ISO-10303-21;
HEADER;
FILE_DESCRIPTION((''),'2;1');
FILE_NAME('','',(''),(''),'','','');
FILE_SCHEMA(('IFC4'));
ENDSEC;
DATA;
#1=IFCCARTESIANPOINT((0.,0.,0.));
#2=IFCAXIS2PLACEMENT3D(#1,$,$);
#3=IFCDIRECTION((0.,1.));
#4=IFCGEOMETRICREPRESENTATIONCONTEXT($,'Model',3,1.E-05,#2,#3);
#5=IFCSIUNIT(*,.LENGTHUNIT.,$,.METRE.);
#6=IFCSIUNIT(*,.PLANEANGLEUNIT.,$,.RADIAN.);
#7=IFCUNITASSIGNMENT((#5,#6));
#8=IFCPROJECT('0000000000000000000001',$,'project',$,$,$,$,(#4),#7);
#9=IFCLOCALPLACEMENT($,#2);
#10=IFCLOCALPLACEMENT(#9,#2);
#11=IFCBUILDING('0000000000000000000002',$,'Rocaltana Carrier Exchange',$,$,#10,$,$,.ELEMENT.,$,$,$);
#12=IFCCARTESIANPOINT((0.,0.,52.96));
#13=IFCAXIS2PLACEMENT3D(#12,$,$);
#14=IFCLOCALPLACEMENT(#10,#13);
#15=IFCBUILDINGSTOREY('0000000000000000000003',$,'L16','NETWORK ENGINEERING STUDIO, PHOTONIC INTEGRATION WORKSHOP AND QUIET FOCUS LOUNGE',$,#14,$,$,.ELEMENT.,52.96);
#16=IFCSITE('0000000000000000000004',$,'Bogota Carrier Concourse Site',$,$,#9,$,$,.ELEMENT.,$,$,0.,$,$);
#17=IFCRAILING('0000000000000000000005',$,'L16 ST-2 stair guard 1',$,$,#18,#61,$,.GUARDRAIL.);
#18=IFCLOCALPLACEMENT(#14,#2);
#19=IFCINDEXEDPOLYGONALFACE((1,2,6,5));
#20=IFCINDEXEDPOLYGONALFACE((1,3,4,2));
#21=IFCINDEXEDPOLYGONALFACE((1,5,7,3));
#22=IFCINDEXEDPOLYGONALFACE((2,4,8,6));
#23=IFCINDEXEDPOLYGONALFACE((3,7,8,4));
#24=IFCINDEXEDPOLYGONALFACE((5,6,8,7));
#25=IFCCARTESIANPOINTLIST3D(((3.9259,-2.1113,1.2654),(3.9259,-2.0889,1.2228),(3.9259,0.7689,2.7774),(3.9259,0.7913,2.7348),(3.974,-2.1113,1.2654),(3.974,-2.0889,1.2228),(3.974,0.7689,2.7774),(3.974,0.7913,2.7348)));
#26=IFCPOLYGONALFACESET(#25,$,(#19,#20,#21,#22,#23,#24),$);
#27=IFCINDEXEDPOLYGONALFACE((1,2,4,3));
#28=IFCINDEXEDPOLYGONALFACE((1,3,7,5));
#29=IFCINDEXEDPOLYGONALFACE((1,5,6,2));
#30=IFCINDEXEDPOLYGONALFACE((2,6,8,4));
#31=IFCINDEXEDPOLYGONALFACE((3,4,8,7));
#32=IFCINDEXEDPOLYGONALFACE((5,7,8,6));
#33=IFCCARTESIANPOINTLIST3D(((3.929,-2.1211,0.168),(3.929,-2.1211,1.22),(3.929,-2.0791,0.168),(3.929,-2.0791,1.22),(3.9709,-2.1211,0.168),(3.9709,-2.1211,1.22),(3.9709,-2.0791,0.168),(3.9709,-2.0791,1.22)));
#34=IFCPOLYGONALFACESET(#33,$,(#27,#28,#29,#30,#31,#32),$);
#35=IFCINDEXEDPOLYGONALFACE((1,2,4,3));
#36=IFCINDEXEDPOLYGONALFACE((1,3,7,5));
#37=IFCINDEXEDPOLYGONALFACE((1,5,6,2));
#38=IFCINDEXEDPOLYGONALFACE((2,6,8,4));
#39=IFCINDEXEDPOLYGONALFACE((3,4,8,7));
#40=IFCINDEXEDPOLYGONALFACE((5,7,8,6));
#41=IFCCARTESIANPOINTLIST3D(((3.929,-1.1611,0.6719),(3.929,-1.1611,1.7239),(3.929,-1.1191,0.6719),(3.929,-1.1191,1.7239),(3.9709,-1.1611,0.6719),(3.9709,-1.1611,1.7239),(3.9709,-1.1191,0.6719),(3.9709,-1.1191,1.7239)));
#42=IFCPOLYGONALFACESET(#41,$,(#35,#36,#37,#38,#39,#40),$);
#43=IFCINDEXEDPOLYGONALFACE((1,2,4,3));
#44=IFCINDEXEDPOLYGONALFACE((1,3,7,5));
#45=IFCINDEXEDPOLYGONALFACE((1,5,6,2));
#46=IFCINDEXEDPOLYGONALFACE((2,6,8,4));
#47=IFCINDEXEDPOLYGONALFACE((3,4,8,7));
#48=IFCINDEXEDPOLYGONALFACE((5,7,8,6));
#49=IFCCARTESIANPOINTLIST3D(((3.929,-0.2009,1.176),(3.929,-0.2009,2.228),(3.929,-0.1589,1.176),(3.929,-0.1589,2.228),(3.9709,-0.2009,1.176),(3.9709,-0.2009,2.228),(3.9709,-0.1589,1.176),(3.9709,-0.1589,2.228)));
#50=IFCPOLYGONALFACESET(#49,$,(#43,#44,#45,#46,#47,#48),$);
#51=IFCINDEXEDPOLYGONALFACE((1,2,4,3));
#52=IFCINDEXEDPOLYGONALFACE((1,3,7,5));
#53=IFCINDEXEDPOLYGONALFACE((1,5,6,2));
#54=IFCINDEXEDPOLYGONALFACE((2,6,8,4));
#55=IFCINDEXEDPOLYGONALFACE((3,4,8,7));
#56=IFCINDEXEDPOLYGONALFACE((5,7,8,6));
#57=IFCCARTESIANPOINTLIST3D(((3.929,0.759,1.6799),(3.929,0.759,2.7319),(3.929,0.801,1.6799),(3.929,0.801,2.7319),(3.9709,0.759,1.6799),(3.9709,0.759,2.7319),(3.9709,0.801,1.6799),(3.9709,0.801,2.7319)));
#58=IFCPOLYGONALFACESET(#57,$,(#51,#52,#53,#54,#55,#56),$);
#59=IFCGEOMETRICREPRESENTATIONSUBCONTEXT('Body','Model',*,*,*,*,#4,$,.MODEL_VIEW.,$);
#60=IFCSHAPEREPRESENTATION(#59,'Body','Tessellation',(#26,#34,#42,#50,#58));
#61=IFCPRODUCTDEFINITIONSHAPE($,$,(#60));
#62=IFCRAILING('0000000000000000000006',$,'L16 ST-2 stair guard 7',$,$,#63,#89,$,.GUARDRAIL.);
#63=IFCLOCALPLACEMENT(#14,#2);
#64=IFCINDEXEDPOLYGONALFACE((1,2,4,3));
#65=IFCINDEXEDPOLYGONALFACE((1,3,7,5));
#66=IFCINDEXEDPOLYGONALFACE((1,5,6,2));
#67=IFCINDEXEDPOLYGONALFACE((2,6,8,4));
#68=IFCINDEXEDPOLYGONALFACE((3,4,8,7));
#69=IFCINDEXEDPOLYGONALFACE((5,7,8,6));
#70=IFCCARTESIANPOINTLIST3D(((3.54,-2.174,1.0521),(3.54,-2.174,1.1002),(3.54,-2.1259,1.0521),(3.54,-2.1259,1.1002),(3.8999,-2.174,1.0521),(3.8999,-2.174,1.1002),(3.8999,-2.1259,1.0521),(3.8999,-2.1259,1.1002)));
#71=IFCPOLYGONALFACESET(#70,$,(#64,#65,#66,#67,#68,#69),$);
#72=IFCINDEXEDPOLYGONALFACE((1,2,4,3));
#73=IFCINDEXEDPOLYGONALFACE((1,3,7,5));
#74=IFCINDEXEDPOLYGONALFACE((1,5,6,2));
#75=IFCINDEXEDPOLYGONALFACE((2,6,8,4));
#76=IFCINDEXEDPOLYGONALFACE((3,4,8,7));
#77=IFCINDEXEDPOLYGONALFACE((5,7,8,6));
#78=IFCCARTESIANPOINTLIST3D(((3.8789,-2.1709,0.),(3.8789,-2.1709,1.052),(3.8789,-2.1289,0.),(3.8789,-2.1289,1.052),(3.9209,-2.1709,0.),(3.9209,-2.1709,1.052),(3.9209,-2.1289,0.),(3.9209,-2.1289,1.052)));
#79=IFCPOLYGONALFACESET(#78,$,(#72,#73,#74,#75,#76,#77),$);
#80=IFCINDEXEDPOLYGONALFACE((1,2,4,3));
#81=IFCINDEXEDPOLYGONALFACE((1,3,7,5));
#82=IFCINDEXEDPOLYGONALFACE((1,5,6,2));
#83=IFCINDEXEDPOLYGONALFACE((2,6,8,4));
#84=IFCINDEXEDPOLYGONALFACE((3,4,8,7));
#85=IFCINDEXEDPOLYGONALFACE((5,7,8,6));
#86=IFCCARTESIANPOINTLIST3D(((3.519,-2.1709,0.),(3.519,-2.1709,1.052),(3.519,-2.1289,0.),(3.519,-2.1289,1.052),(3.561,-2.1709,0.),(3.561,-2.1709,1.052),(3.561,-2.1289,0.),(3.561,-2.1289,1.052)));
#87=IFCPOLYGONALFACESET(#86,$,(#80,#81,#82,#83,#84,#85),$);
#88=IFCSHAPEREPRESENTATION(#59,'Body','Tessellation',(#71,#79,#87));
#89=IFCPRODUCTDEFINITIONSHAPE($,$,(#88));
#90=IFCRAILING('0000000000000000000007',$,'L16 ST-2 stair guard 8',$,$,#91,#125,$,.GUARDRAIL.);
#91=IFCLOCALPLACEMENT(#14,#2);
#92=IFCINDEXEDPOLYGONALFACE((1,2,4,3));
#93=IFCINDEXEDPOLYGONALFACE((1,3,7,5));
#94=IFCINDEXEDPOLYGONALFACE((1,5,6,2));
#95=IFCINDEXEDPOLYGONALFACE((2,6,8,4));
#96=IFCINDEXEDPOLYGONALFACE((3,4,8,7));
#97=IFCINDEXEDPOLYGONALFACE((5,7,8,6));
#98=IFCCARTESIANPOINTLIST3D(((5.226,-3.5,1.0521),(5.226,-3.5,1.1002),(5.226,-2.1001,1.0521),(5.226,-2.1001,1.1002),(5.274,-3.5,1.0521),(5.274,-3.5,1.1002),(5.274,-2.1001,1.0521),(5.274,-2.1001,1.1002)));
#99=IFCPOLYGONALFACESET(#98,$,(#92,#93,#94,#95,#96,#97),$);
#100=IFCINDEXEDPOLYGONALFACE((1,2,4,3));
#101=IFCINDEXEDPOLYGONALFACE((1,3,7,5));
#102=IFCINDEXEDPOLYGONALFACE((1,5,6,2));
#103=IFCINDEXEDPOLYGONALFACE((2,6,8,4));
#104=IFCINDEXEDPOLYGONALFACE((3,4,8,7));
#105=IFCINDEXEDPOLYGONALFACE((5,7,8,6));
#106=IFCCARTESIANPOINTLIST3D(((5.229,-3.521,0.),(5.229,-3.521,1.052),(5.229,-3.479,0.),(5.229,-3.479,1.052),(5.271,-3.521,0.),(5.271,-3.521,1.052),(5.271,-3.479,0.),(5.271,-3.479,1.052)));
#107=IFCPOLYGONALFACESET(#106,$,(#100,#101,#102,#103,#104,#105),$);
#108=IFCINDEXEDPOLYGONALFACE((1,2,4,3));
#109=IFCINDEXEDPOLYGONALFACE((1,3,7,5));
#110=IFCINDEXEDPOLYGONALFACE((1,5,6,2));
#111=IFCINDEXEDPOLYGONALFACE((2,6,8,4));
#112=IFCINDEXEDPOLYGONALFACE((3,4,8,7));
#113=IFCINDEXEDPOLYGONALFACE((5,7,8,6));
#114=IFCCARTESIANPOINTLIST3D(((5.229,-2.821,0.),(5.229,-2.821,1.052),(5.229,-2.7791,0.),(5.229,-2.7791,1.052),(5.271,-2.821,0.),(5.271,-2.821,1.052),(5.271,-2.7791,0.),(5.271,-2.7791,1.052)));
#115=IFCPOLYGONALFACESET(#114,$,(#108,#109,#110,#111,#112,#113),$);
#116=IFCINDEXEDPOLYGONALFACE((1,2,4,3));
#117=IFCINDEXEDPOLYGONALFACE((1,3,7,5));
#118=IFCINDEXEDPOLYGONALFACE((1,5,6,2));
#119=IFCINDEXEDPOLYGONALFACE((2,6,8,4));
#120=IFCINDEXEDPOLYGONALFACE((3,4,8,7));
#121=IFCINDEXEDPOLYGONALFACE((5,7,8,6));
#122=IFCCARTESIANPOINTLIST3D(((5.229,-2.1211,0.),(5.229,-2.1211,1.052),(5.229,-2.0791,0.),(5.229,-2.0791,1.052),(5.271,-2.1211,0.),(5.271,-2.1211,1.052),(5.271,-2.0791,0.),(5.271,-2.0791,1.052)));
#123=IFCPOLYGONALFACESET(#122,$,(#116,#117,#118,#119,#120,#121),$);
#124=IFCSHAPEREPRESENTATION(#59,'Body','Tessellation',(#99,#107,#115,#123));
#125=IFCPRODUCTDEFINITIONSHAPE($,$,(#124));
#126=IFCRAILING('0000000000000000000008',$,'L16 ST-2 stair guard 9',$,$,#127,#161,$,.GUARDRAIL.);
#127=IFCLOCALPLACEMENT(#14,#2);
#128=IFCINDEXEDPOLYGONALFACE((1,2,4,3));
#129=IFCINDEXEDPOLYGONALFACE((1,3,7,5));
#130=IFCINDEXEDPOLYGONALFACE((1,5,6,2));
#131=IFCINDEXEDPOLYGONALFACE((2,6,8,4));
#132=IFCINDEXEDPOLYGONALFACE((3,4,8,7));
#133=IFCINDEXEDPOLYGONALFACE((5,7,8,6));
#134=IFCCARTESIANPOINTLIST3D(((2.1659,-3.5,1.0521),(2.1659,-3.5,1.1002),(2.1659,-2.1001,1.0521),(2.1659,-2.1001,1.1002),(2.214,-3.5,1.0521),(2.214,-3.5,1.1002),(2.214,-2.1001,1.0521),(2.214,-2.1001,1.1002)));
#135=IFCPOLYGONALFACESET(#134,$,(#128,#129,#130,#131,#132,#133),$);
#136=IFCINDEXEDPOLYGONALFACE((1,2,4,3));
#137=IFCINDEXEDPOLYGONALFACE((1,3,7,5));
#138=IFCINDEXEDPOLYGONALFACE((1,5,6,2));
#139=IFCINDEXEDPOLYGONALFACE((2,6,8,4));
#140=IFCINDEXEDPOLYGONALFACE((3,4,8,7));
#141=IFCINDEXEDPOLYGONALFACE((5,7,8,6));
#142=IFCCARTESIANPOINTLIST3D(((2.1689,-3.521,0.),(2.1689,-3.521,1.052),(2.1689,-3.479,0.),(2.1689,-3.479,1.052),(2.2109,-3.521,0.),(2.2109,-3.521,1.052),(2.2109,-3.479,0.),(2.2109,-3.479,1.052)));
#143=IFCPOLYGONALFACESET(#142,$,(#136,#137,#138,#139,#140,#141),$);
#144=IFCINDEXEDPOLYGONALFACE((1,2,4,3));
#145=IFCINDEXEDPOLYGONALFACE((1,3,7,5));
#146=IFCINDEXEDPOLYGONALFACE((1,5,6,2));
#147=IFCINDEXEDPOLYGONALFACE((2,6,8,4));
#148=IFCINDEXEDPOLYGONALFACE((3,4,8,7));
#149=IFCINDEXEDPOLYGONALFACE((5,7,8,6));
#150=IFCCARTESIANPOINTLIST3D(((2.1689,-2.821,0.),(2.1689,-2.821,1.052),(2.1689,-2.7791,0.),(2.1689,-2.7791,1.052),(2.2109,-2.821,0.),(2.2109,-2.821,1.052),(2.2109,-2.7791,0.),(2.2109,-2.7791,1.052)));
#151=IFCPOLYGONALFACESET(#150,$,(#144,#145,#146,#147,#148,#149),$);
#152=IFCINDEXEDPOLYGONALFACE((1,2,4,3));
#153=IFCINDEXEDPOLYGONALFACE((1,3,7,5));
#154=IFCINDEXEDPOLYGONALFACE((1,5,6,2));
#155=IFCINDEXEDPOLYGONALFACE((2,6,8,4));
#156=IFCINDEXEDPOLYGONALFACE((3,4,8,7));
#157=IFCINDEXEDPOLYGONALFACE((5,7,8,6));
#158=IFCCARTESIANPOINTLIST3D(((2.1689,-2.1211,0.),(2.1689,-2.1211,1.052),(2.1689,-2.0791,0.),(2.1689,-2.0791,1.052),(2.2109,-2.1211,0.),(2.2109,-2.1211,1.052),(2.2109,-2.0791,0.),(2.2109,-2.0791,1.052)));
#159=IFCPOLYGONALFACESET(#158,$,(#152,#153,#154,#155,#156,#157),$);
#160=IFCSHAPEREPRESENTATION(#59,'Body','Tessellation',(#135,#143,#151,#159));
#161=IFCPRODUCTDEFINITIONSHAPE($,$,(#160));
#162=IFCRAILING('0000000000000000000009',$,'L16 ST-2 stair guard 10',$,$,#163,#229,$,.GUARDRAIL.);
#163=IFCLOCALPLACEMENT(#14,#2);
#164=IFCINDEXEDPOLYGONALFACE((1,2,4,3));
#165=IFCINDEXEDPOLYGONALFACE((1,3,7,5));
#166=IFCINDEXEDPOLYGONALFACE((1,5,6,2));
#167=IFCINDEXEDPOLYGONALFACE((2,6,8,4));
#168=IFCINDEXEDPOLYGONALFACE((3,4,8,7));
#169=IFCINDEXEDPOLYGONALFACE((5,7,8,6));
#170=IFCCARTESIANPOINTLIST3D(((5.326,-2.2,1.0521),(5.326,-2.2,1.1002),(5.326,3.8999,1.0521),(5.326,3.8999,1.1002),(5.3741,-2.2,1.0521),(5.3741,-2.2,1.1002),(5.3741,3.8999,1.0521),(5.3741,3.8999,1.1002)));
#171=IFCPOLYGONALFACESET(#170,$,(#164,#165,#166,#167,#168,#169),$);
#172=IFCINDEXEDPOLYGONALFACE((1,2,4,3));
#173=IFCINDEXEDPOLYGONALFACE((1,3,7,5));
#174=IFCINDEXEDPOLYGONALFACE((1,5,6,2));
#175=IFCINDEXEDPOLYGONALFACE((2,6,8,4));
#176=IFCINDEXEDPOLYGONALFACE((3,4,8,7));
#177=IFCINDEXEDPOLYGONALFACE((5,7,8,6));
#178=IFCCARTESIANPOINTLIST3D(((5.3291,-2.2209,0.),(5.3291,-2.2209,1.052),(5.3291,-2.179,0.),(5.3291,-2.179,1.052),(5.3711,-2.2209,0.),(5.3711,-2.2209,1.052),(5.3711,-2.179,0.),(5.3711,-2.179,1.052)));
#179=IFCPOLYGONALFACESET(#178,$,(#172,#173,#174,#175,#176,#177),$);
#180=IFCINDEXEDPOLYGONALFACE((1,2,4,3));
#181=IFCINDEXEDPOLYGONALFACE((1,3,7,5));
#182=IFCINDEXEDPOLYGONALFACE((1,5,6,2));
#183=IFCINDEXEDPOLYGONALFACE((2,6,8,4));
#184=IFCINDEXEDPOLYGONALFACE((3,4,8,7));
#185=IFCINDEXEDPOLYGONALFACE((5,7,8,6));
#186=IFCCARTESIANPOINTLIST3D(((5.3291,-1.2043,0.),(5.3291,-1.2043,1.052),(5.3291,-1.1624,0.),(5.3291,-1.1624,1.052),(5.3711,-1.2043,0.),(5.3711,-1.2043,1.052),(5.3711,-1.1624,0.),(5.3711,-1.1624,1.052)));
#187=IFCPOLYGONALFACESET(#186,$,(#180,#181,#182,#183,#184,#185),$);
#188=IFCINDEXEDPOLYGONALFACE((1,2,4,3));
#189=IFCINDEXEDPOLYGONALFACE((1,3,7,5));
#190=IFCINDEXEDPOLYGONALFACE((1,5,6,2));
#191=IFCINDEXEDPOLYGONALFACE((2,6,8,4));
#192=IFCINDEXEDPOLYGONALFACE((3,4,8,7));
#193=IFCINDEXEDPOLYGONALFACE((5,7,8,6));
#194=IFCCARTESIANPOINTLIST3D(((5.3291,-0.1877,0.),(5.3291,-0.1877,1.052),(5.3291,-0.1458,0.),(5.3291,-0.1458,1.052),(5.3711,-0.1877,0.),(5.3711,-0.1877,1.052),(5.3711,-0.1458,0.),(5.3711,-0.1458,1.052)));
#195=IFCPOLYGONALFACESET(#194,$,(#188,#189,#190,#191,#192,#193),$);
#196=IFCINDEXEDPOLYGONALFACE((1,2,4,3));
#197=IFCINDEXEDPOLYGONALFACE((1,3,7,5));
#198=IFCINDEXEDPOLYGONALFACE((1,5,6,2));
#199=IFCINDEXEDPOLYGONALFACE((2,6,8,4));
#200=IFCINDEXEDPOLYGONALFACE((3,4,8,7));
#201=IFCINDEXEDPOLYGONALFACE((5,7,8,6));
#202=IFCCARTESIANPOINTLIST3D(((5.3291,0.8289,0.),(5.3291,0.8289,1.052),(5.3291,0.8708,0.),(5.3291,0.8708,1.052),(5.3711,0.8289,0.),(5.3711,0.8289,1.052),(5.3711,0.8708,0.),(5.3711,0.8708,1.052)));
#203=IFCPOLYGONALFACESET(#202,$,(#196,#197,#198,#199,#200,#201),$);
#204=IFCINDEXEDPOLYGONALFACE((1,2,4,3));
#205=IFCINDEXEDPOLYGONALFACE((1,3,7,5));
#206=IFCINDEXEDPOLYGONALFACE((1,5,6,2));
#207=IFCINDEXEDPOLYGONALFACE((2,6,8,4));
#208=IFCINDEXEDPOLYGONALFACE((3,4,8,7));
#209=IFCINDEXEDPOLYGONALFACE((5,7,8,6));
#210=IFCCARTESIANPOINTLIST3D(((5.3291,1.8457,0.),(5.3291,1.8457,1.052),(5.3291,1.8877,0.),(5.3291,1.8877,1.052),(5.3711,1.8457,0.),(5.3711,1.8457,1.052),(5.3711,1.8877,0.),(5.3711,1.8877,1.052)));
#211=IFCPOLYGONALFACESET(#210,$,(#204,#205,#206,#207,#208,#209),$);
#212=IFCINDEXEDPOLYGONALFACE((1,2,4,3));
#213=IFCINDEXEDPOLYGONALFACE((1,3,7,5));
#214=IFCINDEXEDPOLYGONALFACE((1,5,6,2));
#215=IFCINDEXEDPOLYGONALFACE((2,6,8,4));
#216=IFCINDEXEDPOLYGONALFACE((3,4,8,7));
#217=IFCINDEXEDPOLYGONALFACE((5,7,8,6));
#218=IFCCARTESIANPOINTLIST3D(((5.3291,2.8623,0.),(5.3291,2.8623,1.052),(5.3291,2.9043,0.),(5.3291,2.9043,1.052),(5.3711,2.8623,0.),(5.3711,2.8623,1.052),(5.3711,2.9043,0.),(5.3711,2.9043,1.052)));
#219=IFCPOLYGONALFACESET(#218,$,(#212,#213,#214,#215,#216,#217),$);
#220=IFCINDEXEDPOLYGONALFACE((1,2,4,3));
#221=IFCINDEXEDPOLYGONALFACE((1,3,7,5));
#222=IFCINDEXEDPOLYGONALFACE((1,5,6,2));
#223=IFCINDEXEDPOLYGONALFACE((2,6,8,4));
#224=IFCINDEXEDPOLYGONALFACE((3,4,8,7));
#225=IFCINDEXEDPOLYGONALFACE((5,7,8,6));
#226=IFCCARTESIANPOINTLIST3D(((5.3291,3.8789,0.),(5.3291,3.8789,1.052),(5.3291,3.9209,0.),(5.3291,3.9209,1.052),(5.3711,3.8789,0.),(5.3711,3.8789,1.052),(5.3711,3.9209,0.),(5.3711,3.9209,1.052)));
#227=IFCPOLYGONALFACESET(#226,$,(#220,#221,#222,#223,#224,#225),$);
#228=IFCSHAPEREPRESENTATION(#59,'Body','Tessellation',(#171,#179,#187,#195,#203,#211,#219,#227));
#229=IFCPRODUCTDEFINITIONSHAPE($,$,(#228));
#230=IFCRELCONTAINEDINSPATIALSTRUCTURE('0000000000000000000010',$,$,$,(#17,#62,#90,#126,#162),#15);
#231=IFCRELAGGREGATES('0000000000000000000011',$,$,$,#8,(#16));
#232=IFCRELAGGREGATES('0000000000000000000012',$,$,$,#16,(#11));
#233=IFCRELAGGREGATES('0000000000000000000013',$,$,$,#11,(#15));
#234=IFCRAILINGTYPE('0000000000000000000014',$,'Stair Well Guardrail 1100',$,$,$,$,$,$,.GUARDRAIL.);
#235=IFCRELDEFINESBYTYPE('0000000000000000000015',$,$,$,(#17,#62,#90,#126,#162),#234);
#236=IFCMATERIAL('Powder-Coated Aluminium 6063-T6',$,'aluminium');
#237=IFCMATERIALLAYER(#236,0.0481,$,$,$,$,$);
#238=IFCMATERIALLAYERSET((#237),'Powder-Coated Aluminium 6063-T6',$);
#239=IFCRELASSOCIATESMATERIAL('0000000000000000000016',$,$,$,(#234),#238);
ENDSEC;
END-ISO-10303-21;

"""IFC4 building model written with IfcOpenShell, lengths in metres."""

from ifc_helpers import new_model, si_unit, direction, frame, origin, origin_2d, place, context, subcontext, project, spatial, rectangle, extrude, material, layer, layer_set, type_object, element, save


model = new_model("IFC4")

# Units and contexts
model_context = context("Model", 3, precision=1e-05, world=origin(), true_north=direction((0.0, 1.0)))
body_context = subcontext(model_context, "Body", "Model", "MODEL_VIEW")
ifc_project = project(units=[si_unit("LENGTHUNIT", "METRE"), si_unit("PLANEANGLEUNIT", "RADIAN")], contexts=[model_context])

# Site, building, storey
site_placement = place(None, origin())
site = spatial("IfcSite", under=ifc_project, at=site_placement, Name="Bogota Carrier Concourse Site", CompositionType="ELEMENT", RefElevation=0.0)
building_placement = place(site_placement, origin())
building = spatial("IfcBuilding", under=site, at=building_placement, Name="Rocaltana Carrier Exchange", CompositionType="ELEMENT")
storey_placement = place(building_placement, frame((0.0, 0.0, 52.96)))
storey = spatial("IfcBuildingStorey", under=building, at=storey_placement, Name="L16", Description="NETWORK ENGINEERING STUDIO, PHOTONIC INTEGRATION WORKSHOP AND QUIET FOCUS LOUNGE", CompositionType="ELEMENT", Elevation=52.96)

# Railings
ifc_material_1 = material(Name="Powder-Coated Aluminium 6063-T6", Category="aluminium")
ifc_layer_1 = layer(ifc_material_1, 0.0481)
ifc_layer_set_1 = layer_set([ifc_layer_1], Name="Powder-Coated Aluminium 6063-T6")
railing_type_1 = type_object("IfcRailingType", Name="Stair Well Guardrail 1100", PredefinedType="GUARDRAIL", material=ifc_layer_set_1)
railing_1_placement = place(storey_placement, frame((3.95, -2.1001, 0.168)))
element("IfcRailing", 1, at=railing_1_placement, inside=storey, type_object=railing_type_1, Name="L16 ST-2 stair guard 1", PredefinedType="GUARDRAIL", context=body_context, shape_type="SweptSolid", body=[
    extrude(rectangle(XDim=0.0481, YDim=0.0481, at=origin_2d()), frame((0.0, 0.0, 1.0762), z_axis=(0.0, 0.885411, 0.464809), x_axis=(-1.0, 0.0, 0.0)), (0.0, 0.0, 1.0), 3.2529),
    extrude(rectangle(XDim=0.042, YDim=0.042, at=origin_2d()), origin(), (0.0, 0.0, 1.0), 1.052),
    extrude(rectangle(XDim=0.042, YDim=0.042, at=origin_2d()), frame((0.0, 0.96, 0.5039)), (0.0, 0.0, 1.0), 1.052),
    extrude(rectangle(XDim=0.042, YDim=0.042, at=origin_2d()), frame((0.0, 1.9202, 1.0081)), (0.0, 0.0, 1.0), 1.052),
    extrude(rectangle(XDim=0.042, YDim=0.042, at=origin_2d()), frame((0.0, 2.8801, 1.512)), (0.0, 0.0, 1.0), 1.052),
])
railing_2_placement = place(storey_placement, frame((3.8999, -2.1499, 0.0)))
element("IfcRailing", 2, at=railing_2_placement, inside=storey, type_object=railing_type_1, Name="L16 ST-2 stair guard 7", PredefinedType="GUARDRAIL", context=body_context, shape_type="SweptSolid", body=[
    extrude(rectangle(XDim=0.0481, YDim=0.0481, at=origin_2d()), frame((0.0, 0.0, 1.0762), z_axis=(-1.0, 0.0, 0.0), x_axis=(0.0, -1.0, 0.0)), (0.0, 0.0, 1.0), 0.3599),
    extrude(rectangle(XDim=0.042, YDim=0.042, at=origin_2d()), origin(), (0.0, 0.0, 1.0), 1.052),
    extrude(rectangle(XDim=0.042, YDim=0.042, at=origin_2d()), frame((-0.3599, 0.0, 0.0)), (0.0, 0.0, 1.0), 1.052),
])
for number, where, name in (
    (3, (5.25, -3.5, 0.0), "L16 ST-2 stair guard 8"),
    (4, (2.1899, -3.5, 0.0), "L16 ST-2 stair guard 9"),
):
    element("IfcRailing", number, at=place(storey_placement, frame(where)), inside=storey, type_object=railing_type_1, Name=name, PredefinedType="GUARDRAIL", context=body_context, shape_type="SweptSolid", body=[
        extrude(rectangle(XDim=0.0481, YDim=0.0481, at=origin_2d()), frame((0.0, 0.0, 1.0762), z_axis=(0.0, 1.0, 0.0), x_axis=(-1.0, 0.0, 0.0)), (0.0, 0.0, 1.0), 1.3999),
        extrude(rectangle(XDim=0.042, YDim=0.042, at=origin_2d()), origin(), (0.0, 0.0, 1.0), 1.052),
        extrude(rectangle(XDim=0.042, YDim=0.042, at=origin_2d()), frame((0.0, 0.7, 0.0)), (0.0, 0.0, 1.0), 1.052),
        extrude(rectangle(XDim=0.042, YDim=0.042, at=origin_2d()), frame((0.0, 1.3999, 0.0)), (0.0, 0.0, 1.0), 1.052),
    ])
for number, where, name in (
    (5, (5.3501, -2.2, 0.0), "L16 ST-2 stair guard 10"),
):
    element("IfcRailing", number, at=place(storey_placement, frame(where)), inside=storey, type_object=railing_type_1, Name=name, PredefinedType="GUARDRAIL", context=body_context, shape_type="SweptSolid", body=[
        extrude(rectangle(XDim=0.0481, YDim=0.0481, at=origin_2d()), frame((0.0, 0.0, 1.0762), z_axis=(0.0, 1.0, 0.0), x_axis=(-1.0, 0.0, 0.0)), (0.0, 0.0, 1.0), 6.0999),
        extrude(rectangle(XDim=0.042, YDim=0.042, at=origin_2d()), origin(), (0.0, 0.0, 1.0), 1.052),
        extrude(rectangle(XDim=0.042, YDim=0.042, at=origin_2d()), frame((0.0, 1.0166, 0.0)), (0.0, 0.0, 1.0), 1.052),
        extrude(rectangle(XDim=0.042, YDim=0.042, at=origin_2d()), frame((0.0, 2.0332, 0.0)), (0.0, 0.0, 1.0), 1.052),
        extrude(rectangle(XDim=0.042, YDim=0.042, at=origin_2d()), frame((0.0, 3.0498, 0.0)), (0.0, 0.0, 1.0), 1.052),
        extrude(rectangle(XDim=0.042, YDim=0.042, at=origin_2d()), frame((0.0, 4.0667, 0.0)), (0.0, 0.0, 1.0), 1.052),
        extrude(rectangle(XDim=0.042, YDim=0.042, at=origin_2d()), frame((0.0, 5.0833, 0.0)), (0.0, 0.0, 1.0), 1.052),
        extrude(rectangle(XDim=0.042, YDim=0.042, at=origin_2d()), frame((0.0, 6.0999, 0.0)), (0.0, 0.0, 1.0), 1.052),
    ])

save(model, "model.ifc")
